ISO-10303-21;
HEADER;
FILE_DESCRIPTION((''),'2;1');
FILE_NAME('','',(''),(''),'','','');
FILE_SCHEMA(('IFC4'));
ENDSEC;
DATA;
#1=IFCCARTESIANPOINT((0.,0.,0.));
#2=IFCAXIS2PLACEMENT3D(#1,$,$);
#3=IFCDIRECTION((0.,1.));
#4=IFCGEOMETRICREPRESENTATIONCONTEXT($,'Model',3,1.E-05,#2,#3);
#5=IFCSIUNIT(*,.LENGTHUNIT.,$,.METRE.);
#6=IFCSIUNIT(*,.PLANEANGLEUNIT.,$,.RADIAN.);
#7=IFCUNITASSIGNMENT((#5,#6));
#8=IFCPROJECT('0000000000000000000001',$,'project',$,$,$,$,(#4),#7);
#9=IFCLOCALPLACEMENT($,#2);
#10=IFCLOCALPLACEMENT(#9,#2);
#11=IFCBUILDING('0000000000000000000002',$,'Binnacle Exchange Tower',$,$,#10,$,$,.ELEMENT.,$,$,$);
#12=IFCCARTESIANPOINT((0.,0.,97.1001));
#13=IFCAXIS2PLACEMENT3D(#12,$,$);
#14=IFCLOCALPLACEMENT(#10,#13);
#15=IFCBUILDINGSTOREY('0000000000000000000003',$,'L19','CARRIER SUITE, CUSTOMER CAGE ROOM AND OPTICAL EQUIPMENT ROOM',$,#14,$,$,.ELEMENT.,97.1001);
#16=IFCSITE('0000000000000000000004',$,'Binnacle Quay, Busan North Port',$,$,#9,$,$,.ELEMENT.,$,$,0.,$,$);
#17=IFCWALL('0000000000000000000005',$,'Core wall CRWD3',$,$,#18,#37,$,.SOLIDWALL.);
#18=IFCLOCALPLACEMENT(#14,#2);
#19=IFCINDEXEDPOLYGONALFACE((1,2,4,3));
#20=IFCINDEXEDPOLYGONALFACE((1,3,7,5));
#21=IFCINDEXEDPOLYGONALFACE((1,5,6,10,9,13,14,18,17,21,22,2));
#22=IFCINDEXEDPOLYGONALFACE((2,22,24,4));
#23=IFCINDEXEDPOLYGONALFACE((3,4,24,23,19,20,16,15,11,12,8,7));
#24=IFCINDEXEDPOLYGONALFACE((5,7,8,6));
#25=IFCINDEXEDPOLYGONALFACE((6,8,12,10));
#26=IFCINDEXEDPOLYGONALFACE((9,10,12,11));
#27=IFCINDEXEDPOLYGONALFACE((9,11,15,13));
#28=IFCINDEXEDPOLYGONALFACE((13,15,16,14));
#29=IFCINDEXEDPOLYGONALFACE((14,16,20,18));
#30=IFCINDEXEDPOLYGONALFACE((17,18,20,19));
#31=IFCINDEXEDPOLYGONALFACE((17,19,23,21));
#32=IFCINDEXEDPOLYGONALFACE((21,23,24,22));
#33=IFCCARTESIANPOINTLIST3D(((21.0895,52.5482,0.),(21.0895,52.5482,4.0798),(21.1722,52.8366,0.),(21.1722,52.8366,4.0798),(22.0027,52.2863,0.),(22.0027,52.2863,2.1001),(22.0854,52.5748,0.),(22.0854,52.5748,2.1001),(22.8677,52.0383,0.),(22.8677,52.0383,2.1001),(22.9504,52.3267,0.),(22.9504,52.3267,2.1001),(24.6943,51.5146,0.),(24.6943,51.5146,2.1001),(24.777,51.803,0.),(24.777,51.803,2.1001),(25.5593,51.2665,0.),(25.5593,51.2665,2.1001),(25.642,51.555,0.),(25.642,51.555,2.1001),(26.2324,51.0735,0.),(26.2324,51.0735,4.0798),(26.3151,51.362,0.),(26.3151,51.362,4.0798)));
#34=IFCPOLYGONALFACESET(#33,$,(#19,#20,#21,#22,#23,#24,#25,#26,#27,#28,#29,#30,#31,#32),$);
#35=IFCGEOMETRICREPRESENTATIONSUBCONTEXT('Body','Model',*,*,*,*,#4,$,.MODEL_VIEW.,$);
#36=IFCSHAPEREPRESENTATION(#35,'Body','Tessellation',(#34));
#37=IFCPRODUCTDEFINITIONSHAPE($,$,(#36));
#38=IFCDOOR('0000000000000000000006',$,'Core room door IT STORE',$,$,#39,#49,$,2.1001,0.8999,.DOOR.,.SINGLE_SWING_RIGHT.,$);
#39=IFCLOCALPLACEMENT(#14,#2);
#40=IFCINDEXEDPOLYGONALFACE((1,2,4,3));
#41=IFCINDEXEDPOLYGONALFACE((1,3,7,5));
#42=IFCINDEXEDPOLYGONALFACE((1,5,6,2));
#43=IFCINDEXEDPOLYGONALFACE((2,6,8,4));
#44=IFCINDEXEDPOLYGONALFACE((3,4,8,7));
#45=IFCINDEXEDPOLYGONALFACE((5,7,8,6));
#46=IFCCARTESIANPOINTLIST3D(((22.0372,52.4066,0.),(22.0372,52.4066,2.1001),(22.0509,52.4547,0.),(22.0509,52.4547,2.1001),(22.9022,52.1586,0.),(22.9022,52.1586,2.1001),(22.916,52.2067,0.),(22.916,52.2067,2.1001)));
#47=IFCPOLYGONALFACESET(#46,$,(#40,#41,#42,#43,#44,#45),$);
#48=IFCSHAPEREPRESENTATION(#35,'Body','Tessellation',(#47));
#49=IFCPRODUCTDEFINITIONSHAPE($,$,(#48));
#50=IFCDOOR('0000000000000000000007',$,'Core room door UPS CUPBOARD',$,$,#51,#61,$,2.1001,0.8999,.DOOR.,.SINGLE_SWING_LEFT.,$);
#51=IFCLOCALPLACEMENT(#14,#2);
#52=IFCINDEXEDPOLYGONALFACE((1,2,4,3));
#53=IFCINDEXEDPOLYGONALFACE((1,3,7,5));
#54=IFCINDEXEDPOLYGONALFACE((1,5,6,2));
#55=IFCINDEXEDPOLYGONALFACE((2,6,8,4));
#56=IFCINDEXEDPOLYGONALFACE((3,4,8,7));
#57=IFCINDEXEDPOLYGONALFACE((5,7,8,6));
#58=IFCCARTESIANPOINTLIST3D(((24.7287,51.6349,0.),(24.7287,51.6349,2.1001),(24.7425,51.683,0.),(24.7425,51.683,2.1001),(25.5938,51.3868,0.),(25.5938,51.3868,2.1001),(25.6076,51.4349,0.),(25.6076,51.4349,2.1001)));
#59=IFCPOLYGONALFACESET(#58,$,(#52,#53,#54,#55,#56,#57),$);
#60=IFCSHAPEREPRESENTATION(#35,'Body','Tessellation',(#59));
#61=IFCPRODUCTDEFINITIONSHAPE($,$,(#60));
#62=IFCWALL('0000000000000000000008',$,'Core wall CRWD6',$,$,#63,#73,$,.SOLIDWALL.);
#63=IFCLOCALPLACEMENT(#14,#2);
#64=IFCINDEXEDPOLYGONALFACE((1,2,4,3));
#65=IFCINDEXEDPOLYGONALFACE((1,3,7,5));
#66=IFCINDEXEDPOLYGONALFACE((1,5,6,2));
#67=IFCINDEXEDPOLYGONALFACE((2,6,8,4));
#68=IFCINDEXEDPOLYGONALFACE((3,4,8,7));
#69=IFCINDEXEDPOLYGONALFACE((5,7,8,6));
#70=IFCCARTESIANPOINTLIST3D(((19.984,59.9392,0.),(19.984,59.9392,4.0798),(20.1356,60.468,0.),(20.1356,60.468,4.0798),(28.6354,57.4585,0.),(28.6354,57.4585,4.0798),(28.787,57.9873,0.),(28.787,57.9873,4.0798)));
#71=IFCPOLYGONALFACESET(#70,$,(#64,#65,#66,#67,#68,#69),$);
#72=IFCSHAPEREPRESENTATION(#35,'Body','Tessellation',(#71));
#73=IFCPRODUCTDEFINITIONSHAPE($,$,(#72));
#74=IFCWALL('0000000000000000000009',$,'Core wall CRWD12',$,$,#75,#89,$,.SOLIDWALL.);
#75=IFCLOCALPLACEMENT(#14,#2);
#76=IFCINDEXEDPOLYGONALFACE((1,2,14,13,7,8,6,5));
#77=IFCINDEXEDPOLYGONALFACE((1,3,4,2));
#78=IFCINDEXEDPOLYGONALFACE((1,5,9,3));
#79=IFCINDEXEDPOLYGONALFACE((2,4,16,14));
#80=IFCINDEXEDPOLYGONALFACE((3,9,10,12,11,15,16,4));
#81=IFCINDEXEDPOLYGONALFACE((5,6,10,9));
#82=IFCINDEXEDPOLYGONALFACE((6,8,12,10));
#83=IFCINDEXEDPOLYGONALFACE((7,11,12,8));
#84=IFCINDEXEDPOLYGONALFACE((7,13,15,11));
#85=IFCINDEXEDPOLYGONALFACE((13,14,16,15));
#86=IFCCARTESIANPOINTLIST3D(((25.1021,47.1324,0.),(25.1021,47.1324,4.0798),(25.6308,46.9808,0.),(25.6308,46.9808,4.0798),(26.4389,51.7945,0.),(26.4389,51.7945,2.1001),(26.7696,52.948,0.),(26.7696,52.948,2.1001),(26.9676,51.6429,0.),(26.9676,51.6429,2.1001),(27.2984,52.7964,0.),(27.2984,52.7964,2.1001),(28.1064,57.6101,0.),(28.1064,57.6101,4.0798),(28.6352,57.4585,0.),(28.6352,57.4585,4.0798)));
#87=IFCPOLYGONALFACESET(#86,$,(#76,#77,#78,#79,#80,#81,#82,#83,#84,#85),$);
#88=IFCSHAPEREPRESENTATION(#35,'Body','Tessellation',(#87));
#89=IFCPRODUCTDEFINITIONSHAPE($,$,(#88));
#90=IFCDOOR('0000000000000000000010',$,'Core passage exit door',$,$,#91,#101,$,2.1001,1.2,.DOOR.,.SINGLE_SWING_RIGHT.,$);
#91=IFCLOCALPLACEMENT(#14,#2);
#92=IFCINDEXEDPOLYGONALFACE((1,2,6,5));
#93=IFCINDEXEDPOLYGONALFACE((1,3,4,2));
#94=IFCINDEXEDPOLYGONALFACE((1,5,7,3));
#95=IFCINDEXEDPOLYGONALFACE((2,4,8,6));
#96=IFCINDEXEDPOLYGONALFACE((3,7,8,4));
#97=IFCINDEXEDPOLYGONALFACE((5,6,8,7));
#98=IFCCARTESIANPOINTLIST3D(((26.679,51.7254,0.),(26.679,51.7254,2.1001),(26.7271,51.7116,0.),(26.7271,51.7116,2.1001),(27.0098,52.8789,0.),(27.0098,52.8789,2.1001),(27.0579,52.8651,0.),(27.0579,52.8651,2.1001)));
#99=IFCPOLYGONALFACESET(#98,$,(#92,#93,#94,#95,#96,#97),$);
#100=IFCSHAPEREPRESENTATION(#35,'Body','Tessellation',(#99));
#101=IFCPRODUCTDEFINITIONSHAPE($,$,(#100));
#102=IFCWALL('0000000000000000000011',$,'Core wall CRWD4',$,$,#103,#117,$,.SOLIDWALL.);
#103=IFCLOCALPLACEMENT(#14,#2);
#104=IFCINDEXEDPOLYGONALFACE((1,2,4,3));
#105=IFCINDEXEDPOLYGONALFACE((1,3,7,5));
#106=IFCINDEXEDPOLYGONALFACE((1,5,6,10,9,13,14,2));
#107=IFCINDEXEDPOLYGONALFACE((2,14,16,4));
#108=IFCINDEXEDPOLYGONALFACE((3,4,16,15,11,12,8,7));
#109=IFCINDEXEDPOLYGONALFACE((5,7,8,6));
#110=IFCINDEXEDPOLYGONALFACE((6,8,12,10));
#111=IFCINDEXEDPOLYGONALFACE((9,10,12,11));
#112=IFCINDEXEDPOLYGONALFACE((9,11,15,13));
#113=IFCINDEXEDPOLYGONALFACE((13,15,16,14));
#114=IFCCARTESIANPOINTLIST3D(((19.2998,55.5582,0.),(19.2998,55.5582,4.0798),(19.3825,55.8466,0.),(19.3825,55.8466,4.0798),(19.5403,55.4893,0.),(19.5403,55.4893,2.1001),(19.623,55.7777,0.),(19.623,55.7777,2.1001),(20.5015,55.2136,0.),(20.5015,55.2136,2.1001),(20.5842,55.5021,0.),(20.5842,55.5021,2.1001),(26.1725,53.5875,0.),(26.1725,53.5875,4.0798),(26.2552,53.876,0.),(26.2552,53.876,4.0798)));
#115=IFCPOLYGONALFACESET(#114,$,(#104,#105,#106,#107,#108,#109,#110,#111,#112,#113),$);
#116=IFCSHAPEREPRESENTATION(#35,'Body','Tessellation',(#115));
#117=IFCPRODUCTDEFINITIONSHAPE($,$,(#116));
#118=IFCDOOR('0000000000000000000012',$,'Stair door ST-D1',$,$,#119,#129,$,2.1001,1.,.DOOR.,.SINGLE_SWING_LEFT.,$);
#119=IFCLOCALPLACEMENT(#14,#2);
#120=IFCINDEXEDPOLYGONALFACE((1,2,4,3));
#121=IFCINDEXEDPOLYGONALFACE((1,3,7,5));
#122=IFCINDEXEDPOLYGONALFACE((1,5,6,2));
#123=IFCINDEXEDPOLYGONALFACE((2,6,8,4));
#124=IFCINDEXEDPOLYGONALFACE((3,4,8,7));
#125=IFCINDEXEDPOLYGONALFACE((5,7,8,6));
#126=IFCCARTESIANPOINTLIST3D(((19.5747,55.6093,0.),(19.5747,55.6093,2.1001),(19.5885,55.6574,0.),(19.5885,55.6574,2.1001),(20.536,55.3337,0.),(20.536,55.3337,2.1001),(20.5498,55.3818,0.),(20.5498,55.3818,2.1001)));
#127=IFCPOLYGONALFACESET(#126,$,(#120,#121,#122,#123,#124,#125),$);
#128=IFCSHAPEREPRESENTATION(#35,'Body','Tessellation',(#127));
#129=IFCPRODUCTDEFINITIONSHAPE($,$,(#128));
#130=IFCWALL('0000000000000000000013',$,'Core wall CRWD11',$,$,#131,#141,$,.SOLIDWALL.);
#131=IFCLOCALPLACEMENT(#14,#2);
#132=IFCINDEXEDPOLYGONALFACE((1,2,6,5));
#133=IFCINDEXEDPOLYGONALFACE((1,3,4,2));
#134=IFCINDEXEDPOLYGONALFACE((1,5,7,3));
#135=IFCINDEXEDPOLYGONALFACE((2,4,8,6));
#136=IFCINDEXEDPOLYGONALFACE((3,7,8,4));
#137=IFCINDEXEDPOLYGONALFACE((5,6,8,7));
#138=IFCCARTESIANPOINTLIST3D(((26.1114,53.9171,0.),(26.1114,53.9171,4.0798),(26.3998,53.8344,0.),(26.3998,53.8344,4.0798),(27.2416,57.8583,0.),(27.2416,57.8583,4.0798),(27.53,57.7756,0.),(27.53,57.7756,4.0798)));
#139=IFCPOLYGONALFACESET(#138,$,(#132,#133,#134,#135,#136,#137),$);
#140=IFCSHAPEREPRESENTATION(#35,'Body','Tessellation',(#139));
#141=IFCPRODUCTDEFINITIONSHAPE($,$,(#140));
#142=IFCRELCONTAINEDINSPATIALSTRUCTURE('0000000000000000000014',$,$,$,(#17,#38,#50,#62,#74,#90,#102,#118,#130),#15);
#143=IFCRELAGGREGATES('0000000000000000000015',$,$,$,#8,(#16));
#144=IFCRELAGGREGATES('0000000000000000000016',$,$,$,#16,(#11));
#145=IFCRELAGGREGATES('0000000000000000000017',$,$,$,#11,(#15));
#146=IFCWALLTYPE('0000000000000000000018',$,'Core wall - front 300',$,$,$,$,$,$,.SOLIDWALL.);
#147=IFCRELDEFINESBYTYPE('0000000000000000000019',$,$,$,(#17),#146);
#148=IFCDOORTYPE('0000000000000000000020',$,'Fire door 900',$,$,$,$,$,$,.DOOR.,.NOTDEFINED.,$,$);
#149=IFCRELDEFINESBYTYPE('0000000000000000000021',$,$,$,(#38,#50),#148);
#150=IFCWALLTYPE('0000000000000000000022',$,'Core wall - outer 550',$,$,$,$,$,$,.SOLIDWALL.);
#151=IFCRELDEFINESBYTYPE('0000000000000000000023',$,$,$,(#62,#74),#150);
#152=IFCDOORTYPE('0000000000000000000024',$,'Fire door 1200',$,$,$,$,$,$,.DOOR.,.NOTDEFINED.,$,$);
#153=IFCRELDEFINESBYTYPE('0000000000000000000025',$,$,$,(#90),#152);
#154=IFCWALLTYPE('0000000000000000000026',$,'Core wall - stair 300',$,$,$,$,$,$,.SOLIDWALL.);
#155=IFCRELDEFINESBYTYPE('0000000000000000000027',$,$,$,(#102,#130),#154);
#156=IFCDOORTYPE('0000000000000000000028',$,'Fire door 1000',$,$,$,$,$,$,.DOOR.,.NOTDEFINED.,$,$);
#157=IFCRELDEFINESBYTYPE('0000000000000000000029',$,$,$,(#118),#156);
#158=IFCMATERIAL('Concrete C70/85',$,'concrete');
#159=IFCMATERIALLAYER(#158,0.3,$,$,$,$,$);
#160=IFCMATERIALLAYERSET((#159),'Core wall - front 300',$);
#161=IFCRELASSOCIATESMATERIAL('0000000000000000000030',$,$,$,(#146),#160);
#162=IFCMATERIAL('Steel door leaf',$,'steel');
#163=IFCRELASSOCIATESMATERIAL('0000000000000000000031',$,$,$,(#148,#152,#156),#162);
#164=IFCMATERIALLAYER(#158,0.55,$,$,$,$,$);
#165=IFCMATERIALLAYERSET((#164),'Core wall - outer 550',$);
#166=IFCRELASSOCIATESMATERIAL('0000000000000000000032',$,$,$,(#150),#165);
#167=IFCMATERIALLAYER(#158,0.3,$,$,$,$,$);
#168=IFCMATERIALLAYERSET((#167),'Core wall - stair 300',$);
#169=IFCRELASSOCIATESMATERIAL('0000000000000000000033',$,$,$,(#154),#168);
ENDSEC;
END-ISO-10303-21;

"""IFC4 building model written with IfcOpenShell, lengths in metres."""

from ifc_helpers import new_model, si_unit, direction, frame, frame_2d, origin, place, context, subcontext, project, spatial, rectangle, extrude, material, layer, layer_set, type_object, element, fill, save


model = new_model("IFC4")

# Units and contexts
model_context = context("Model", 3, precision=1e-05, world=origin(), true_north=direction((0.0, 1.0)))
body_context = subcontext(model_context, "Body", "Model", "MODEL_VIEW")
ifc_project = project(units=[si_unit("LENGTHUNIT", "METRE"), si_unit("PLANEANGLEUNIT", "RADIAN")], contexts=[model_context])

# Site, building, storey
site_placement = place(None, origin())
site = spatial("IfcSite", under=ifc_project, at=site_placement, Name="Binnacle Quay, Busan North Port", CompositionType="ELEMENT", RefElevation=0.0)
building_placement = place(site_placement, origin())
building = spatial("IfcBuilding", under=site, at=building_placement, Name="Binnacle Exchange Tower", CompositionType="ELEMENT")
storey_placement = place(building_placement, frame((0.0, 0.0, 97.1001)))
storey = spatial("IfcBuildingStorey", under=building, at=storey_placement, Name="L19", Description="CARRIER SUITE, CUSTOMER CAGE ROOM AND OPTICAL EQUIPMENT ROOM", CompositionType="ELEMENT", Elevation=97.1001)

# Shared definitions
ifc_material_1 = material(Name="Concrete C70/85", Category="concrete")

# Wall, openings, doors
ifc_layer_1 = layer(ifc_material_1, 0.3)
ifc_layer_set_1 = layer_set([ifc_layer_1], Name="Core wall - front 300")
wall_type_1 = type_object("IfcWallType", Name="Core wall - front 300", PredefinedType="SOLIDWALL", material=ifc_layer_set_1)
wall_1_placement = place(storey_placement, frame((21.1309, 52.6924, 0.0), z_axis=(0.0, 0.0, 1.0), x_axis=(0.961265, -0.275625, 0.0)))
wall_1 = element("IfcWall", 1, at=wall_1_placement, inside=storey, type_object=wall_type_1, Name="Core wall CRWD3", PredefinedType="SOLIDWALL", context=body_context, shape_type="SweptSolid", body=[
    extrude(rectangle(XDim=5.3501, YDim=0.3, at=frame_2d((2.675, 0.0))), origin(), (0.0, 0.0, 1.0), 4.0798),
])
opening_1_placement = place(wall_1_placement, frame((0.95, 0.0, 0.0)))
opening_1 = element("IfcOpeningElement", 2, at=opening_1_placement, cuts=wall_1, PredefinedType="OPENING", context=body_context, shape_type="SweptSolid", body=[
    extrude(rectangle(XDim=0.8999, YDim=2.1001, at=frame_2d((0.45, 1.05))), frame((0.0, 0.1599, 0.0), z_axis=(0.0, -1.0, 0.0), x_axis=(1.0, 0.0, 0.0)), (0.0, 0.0, 1.0), 0.3201),
])
opening_2_placement = place(wall_1_placement, frame((3.75, 0.0, 0.0)))
opening_2 = element("IfcOpeningElement", 3, at=opening_2_placement, cuts=wall_1, PredefinedType="OPENING", context=body_context, shape_type="SweptSolid", body=[
    extrude(rectangle(XDim=0.8999, YDim=2.1001, at=frame_2d((0.45, 1.05))), frame((0.0, 0.1599, 0.0), z_axis=(0.0, -1.0, 0.0), x_axis=(1.0, 0.0, 0.0)), (0.0, 0.0, 1.0), 0.3201),
])
ifc_material_2 = material(Name="Steel door leaf", Category="steel")
door_type_1 = type_object("IfcDoorType", Name="Fire door 900", OperationType="NOTDEFINED", PredefinedType="DOOR", material=ifc_material_2)
door_1_placement = place(opening_1_placement, frame((0.8999, 0.0, 0.0), z_axis=(0.0, 0.0, 1.0), x_axis=(-1.0, 0.0, 0.0)))
door_1 = element("IfcDoor", 4, at=door_1_placement, inside=storey, type_object=door_type_1, Name="Core room door IT STORE", OperationType="SINGLE_SWING_RIGHT", OverallHeight=2.1001, OverallWidth=0.8999, PredefinedType="DOOR", context=body_context, shape_type="SweptSolid", body=[
    extrude(rectangle(XDim=0.8999, YDim=2.1001, at=frame_2d((0.45, 1.05))), frame((0.0, 0.0249, 0.0), z_axis=(0.0, -1.0, 0.0), x_axis=(1.0, 0.0, 0.0)), (0.0, 0.0, 1.0), 0.05),
])
fill(opening_1, door_1)
door_2_placement = place(opening_2_placement, frame((0.8999, 0.0, 0.0), z_axis=(0.0, 0.0, 1.0), x_axis=(-1.0, 0.0, 0.0)))
door_2 = element("IfcDoor", 5, at=door_2_placement, inside=storey, type_object=door_type_1, Name="Core room door UPS CUPBOARD", OperationType="SINGLE_SWING_LEFT", OverallHeight=2.1001, OverallWidth=0.8999, PredefinedType="DOOR", context=body_context, shape_type="SweptSolid", body=[
    extrude(rectangle(XDim=0.8999, YDim=2.1001, at=frame_2d((0.45, 1.05))), frame((0.0, 0.0249, 0.0), z_axis=(0.0, -1.0, 0.0), x_axis=(1.0, 0.0, 0.0)), (0.0, 0.0, 1.0), 0.05),
])
fill(opening_2, door_2)

# Wall
ifc_layer_2 = layer(ifc_material_1, 0.55)
ifc_layer_set_2 = layer_set([ifc_layer_2], Name="Core wall - outer 550")
wall_type_2 = type_object("IfcWallType", Name="Core wall - outer 550", PredefinedType="SOLIDWALL", material=ifc_layer_set_2)
wall_2_placement = place(storey_placement, frame((20.0598, 60.2036, 0.0), z_axis=(0.0, 0.0, 1.0), x_axis=(0.961262, -0.275635, 0.0)))
element("IfcWall", 6, at=wall_2_placement, inside=storey, type_object=wall_type_2, Name="Core wall CRWD6", PredefinedType="SOLIDWALL", context=body_context, shape_type="SweptSolid", body=[
    extrude(rectangle(XDim=9.0, YDim=0.55, at=frame_2d((4.5, 0.0))), origin(), (0.0, 0.0, 1.0), 4.0798),
])

# Walls, openings, doors
wall_3_placement = place(storey_placement, frame((25.3665, 47.0566, 0.0), z_axis=(0.0, 0.0, 1.0), x_axis=(0.275632, 0.961263, 0.0)))
wall_3 = element("IfcWall", 7, at=wall_3_placement, inside=storey, type_object=wall_type_2, Name="Core wall CRWD12", PredefinedType="SOLIDWALL", context=body_context, shape_type="SweptSolid", body=[
    extrude(rectangle(XDim=10.8999, YDim=0.55, at=frame_2d((5.45, 0.0))), origin(), (0.0, 0.0, 1.0), 4.0798),
])
opening_3_placement = place(wall_3_placement, frame((4.8499, 0.0, 0.0)))
opening_3 = element("IfcOpeningElement", 8, at=opening_3_placement, cuts=wall_3, PredefinedType="OPENING", context=body_context, shape_type="SweptSolid", body=[
    extrude(rectangle(XDim=1.2, YDim=2.1001, at=frame_2d((0.6001, 1.05))), frame((0.0, 0.2849, 0.0), z_axis=(0.0, -1.0, 0.0), x_axis=(1.0, 0.0, 0.0)), (0.0, 0.0, 1.0), 0.5701),
])
door_type_2 = type_object("IfcDoorType", Name="Fire door 1200", OperationType="NOTDEFINED", PredefinedType="DOOR", material=ifc_material_2)
door_3_placement = place(opening_3_placement, frame((1.2, 0.0, 0.0), z_axis=(0.0, 0.0, 1.0), x_axis=(-1.0, 0.0, 0.0)))
door_3 = element("IfcDoor", 9, at=door_3_placement, inside=storey, type_object=door_type_2, Name="Core passage exit door", OperationType="SINGLE_SWING_RIGHT", OverallHeight=2.1001, OverallWidth=1.2, PredefinedType="DOOR", context=body_context, shape_type="SweptSolid", body=[
    extrude(rectangle(XDim=1.2, YDim=2.1001, at=frame_2d((0.6001, 1.05))), frame((0.0, 0.0249, 0.0), z_axis=(0.0, -1.0, 0.0), x_axis=(1.0, 0.0, 0.0)), (0.0, 0.0, 1.0), 0.05),
])
fill(opening_3, door_3)
ifc_layer_3 = layer(ifc_material_1, 0.3)
ifc_layer_set_3 = layer_set([ifc_layer_3], Name="Core wall - stair 300")
wall_type_3 = type_object("IfcWallType", Name="Core wall - stair 300", PredefinedType="SOLIDWALL", material=ifc_layer_set_3)
wall_4_placement = place(storey_placement, frame((19.3413, 55.7024, 0.0), z_axis=(0.0, 0.0, 1.0), x_axis=(0.961263, -0.275632, 0.0)))
wall_4 = element("IfcWall", 10, at=wall_4_placement, inside=storey, type_object=wall_type_3, Name="Core wall CRWD4", PredefinedType="SOLIDWALL", context=body_context, shape_type="SweptSolid", body=[
    extrude(rectangle(XDim=7.1497, YDim=0.3, at=frame_2d((3.5747, 0.0))), origin(), (0.0, 0.0, 1.0), 4.0798),
])
opening_4_placement = place(wall_4_placement, frame((0.25, 0.0, 0.0)))
opening_4 = element("IfcOpeningElement", 11, at=opening_4_placement, cuts=wall_4, PredefinedType="OPENING", context=body_context, shape_type="SweptSolid", body=[
    extrude(rectangle(XDim=1.0, YDim=2.1001, at=frame_2d((0.5, 1.05))), frame((0.0, 0.1599, 0.0), z_axis=(0.0, -1.0, 0.0), x_axis=(1.0, 0.0, 0.0)), (0.0, 0.0, 1.0), 0.3201),
])
door_type_3 = type_object("IfcDoorType", Name="Fire door 1000", OperationType="NOTDEFINED", PredefinedType="DOOR", material=ifc_material_2)
door_4_placement = place(opening_4_placement, origin())
door_4 = element("IfcDoor", 12, at=door_4_placement, inside=storey, type_object=door_type_3, Name="Stair door ST-D1", OperationType="SINGLE_SWING_LEFT", OverallHeight=2.1001, OverallWidth=1.0, PredefinedType="DOOR", context=body_context, shape_type="SweptSolid", body=[
    extrude(rectangle(XDim=1.0, YDim=2.1001, at=frame_2d((0.5, 1.05))), frame((0.0, 0.0249, 0.0), z_axis=(0.0, -1.0, 0.0), x_axis=(1.0, 0.0, 0.0)), (0.0, 0.0, 1.0), 0.05),
])
fill(opening_4, door_4)

# Wall
wall_5_placement = place(storey_placement, frame((26.2556, 53.8757, 0.0), z_axis=(0.0, 0.0, 1.0), x_axis=(0.275641, 0.961261, 0.0)))
element("IfcWall", 13, at=wall_5_placement, inside=storey, type_object=wall_type_3, Name="Core wall CRWD11", PredefinedType="SOLIDWALL", context=body_context, shape_type="SweptSolid", body=[
    extrude(rectangle(XDim=4.1001, YDim=0.3, at=frame_2d((2.05, 0.0))), origin(), (0.0, 0.0, 1.0), 4.0798),
])

save(model, "model.ifc")
